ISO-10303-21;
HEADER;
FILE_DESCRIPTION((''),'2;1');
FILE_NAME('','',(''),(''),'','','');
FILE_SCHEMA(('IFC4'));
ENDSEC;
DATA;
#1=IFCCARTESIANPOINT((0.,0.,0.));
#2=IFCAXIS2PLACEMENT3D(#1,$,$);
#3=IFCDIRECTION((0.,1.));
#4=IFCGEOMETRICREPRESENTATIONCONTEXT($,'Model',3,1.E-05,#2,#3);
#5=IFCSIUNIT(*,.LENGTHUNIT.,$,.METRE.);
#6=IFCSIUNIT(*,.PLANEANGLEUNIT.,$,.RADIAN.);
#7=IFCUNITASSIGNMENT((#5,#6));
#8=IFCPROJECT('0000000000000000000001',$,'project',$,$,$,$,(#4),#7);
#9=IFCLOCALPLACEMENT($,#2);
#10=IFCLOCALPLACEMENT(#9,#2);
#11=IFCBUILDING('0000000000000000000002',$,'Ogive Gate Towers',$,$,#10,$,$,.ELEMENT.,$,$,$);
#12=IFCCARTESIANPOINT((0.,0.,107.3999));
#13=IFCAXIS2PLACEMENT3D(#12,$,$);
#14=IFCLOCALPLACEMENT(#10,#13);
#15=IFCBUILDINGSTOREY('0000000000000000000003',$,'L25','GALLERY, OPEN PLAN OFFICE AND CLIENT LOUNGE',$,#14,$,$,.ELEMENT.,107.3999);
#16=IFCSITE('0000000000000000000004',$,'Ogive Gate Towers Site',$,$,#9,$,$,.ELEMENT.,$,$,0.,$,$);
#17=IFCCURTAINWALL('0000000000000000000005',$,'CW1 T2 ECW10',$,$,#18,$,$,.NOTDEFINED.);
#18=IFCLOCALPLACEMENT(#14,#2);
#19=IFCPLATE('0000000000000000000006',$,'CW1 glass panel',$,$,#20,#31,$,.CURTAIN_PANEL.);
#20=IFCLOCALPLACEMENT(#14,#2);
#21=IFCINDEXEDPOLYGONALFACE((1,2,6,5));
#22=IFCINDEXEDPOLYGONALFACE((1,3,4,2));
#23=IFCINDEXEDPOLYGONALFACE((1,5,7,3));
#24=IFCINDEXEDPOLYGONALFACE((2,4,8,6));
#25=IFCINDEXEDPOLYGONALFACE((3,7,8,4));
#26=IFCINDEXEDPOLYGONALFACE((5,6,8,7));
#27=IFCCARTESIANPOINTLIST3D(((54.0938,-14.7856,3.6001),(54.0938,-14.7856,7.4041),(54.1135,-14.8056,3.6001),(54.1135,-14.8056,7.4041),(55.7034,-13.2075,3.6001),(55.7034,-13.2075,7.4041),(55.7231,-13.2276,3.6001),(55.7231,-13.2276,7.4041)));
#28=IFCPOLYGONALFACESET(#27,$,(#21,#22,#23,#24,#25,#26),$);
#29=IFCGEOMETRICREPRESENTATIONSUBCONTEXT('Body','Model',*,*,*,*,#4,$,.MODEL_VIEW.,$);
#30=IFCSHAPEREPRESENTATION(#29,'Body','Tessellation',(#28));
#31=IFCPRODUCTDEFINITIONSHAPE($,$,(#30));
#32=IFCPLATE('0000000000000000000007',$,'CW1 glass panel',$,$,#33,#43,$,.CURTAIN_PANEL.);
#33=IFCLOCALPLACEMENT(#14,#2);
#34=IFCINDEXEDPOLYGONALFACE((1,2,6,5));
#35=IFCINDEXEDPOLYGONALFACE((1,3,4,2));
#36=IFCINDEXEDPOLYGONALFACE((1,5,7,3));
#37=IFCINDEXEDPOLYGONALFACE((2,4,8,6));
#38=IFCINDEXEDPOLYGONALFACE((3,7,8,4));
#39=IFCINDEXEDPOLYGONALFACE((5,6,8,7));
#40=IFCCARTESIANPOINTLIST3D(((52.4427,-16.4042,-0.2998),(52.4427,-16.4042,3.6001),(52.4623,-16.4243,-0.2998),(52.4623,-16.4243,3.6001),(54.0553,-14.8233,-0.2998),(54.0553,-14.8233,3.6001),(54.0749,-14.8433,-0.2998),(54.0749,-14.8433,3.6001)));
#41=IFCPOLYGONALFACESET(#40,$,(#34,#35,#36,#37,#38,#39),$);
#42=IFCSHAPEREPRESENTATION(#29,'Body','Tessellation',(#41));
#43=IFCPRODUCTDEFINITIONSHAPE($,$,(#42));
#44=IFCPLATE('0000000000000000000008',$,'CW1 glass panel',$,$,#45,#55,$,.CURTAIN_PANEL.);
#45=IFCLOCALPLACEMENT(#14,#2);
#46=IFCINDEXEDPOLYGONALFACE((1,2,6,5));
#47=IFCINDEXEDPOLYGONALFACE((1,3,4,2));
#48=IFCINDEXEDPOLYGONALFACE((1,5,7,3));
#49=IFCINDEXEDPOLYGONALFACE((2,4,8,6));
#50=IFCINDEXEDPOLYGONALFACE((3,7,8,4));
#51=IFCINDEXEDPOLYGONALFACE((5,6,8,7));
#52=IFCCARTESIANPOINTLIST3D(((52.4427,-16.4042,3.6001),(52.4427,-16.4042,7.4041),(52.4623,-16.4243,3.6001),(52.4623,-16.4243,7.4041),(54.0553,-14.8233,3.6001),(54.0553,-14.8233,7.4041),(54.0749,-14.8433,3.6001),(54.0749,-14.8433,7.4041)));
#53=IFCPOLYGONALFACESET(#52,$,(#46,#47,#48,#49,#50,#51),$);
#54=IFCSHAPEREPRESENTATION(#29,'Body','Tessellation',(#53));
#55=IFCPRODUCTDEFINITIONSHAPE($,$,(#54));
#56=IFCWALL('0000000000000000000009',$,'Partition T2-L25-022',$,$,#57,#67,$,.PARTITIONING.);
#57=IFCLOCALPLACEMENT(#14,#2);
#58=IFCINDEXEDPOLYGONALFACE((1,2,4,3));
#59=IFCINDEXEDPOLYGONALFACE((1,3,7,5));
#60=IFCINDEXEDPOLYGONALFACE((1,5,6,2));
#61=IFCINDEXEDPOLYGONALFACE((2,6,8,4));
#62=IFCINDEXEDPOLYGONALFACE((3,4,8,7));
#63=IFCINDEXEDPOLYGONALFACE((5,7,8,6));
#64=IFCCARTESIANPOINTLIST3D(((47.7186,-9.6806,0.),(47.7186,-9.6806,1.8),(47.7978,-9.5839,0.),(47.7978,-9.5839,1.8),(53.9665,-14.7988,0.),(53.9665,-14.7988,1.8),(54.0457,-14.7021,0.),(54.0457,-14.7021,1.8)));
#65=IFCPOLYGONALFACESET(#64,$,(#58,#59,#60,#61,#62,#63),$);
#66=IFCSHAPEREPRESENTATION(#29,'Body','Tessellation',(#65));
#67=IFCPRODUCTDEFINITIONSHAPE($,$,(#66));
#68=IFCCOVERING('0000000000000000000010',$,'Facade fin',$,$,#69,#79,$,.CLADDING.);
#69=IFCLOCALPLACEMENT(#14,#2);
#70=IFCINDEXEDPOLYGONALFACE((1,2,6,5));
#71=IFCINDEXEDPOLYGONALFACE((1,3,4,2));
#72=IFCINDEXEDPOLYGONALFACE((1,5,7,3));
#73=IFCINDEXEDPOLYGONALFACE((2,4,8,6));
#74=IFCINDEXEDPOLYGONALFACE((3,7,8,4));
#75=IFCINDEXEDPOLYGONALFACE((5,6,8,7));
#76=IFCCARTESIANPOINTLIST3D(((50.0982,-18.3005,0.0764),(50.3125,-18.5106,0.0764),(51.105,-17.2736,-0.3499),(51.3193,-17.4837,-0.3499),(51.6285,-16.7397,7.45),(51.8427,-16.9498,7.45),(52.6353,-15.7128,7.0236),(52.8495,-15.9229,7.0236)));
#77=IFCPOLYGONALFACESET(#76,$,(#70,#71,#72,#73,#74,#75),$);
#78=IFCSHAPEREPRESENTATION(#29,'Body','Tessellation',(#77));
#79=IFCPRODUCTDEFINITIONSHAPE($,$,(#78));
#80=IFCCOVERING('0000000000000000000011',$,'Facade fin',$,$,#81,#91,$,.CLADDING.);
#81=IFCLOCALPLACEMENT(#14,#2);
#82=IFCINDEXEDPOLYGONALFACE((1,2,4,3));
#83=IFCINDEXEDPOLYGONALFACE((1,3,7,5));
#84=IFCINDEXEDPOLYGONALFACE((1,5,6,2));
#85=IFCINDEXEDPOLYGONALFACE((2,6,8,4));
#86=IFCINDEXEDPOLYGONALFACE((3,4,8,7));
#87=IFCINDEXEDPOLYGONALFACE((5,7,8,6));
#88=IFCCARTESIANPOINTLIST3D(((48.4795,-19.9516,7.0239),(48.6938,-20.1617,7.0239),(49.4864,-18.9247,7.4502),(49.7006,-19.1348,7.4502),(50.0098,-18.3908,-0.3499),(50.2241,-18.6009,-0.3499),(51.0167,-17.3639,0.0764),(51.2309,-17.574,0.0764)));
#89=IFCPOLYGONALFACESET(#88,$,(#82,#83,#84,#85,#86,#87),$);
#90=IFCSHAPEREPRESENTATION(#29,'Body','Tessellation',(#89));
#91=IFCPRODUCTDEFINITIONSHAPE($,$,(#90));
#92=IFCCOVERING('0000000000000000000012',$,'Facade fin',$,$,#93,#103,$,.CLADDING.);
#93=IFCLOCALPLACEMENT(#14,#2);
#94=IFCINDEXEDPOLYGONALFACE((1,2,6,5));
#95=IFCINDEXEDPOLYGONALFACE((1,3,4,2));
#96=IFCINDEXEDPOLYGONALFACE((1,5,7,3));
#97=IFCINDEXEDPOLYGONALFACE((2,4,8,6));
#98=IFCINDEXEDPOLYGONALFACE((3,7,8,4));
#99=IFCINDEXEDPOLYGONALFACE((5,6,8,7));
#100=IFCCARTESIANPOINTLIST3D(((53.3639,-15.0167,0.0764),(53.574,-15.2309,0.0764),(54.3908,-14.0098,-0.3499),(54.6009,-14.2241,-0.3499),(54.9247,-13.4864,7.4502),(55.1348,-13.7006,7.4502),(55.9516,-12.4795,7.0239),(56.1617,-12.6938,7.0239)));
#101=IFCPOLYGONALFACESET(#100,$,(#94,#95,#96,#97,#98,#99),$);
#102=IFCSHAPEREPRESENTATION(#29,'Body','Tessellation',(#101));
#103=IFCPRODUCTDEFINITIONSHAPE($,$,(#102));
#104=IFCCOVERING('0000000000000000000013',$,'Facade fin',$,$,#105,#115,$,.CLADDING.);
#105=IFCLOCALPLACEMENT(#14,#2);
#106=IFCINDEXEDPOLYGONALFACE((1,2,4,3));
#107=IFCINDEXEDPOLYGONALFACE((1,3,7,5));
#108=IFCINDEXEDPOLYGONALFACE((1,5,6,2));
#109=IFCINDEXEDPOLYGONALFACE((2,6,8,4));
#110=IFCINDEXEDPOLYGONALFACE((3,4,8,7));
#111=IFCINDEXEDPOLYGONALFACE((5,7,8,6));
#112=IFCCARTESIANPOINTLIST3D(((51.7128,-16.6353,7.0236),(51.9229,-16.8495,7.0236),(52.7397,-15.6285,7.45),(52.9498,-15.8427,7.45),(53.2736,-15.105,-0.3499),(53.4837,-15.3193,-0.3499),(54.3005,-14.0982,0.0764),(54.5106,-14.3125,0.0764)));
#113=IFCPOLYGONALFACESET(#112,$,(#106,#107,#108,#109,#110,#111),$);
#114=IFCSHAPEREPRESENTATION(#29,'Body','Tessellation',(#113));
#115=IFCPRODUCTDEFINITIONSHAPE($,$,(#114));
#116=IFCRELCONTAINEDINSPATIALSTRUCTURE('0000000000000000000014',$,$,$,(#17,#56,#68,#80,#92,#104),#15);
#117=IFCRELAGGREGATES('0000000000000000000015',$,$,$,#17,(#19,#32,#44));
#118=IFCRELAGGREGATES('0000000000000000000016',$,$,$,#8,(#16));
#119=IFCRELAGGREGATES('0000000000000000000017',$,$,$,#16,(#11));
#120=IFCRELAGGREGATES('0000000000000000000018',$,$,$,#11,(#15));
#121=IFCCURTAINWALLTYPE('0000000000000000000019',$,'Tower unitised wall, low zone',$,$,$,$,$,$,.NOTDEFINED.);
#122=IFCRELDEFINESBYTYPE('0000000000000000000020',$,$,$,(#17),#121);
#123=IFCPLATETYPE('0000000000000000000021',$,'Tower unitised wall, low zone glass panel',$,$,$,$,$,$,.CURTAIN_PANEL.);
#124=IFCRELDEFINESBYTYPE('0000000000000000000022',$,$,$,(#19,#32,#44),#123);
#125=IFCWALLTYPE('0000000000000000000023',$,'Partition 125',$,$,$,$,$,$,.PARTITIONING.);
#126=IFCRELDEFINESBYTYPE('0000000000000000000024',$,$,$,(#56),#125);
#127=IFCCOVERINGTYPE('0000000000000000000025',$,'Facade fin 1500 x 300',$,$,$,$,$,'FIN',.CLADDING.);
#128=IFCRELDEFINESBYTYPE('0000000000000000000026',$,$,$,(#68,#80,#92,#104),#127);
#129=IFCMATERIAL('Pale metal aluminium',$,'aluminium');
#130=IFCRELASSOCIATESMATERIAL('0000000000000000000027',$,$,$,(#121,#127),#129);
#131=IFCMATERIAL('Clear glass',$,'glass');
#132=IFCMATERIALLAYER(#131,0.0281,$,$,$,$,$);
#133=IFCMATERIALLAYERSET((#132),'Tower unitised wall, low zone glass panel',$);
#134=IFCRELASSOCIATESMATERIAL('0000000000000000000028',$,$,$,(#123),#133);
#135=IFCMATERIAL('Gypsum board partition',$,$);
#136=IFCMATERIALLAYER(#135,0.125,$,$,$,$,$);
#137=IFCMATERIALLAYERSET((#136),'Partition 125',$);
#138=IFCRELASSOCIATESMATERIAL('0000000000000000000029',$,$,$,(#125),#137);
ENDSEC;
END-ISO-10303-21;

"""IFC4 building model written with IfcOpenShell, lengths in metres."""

from ifc_helpers import new_model, si_unit, direction, frame, frame_2d, origin, origin_2d, place, context, subcontext, project, spatial, rectangle, extrude, material, layer, layer_set, material_profile, profile_set, type_object, element, aggregate, save


model = new_model("IFC4")

# Units and contexts
model_context = context("Model", 3, precision=1e-05, world=origin(), true_north=direction((0.0, 1.0)))
body_context = subcontext(model_context, "Body", "Model", "MODEL_VIEW")
ifc_project = project(units=[si_unit("LENGTHUNIT", "METRE"), si_unit("PLANEANGLEUNIT", "RADIAN")], contexts=[model_context])

# Site, building, storey
site_placement = place(None, origin())
site = spatial("IfcSite", under=ifc_project, at=site_placement, Name="Ogive Gate Towers Site", CompositionType="ELEMENT", RefElevation=0.0)
building_placement = place(site_placement, origin())
building = spatial("IfcBuilding", under=site, at=building_placement, Name="Ogive Gate Towers", CompositionType="ELEMENT")
storey_placement = place(building_placement, frame((0.0, 0.0, 107.3999)))
storey = spatial("IfcBuildingStorey", under=building, at=storey_placement, Name="L25", Description="GALLERY, OPEN PLAN OFFICE AND CLIENT LOUNGE", CompositionType="ELEMENT", Elevation=107.3999)

# Shared definitions
ifc_material_1 = material(Name="Pale metal aluminium", Category="aluminium")
curtain_wall_type = type_object("IfcCurtainWallType", Name="Tower unitised wall, low zone", PredefinedType="NOTDEFINED", material=ifc_material_1)

# Curtain wall
curtain_wall_1_placement = place(storey_placement, origin())
curtain_wall_1 = element("IfcCurtainWall", 1, at=curtain_wall_1_placement, inside=storey, type_object=curtain_wall_type, Name="CW1 T2 ECW10", PredefinedType="NOTDEFINED")

# Plates
ifc_material_2 = material(Name="Clear glass", Category="glass")
ifc_layer_1 = layer(ifc_material_2, 0.0281)
ifc_layer_set_1 = layer_set([ifc_layer_1], Name="Tower unitised wall, low zone glass panel")
plate_type = type_object("IfcPlateType", Name="Tower unitised wall, low zone glass panel", PredefinedType="CURTAIN_PANEL", material=ifc_layer_set_1)
plate_1_placement = place(storey_placement, frame((54.9084, -14.0066, 3.6001), z_axis=(0.0, 0.0, 1.0), x_axis=(-0.714082, -0.700062, 0.0)))
plate_1 = element("IfcPlate", 2, at=plate_1_placement, type_object=plate_type, Name="CW1 glass panel", PredefinedType="CURTAIN_PANEL", context=body_context, shape_type="SweptSolid", body=[
    extrude(rectangle(XDim=2.2542, YDim=0.0281, at=origin_2d()), origin(), (0.0, 0.0, 1.0), 3.804),
])
plate_2_placement = place(storey_placement, frame((53.2588, -15.6238, -0.2998), z_axis=(0.0, 0.0, 1.0), x_axis=(-0.714082, -0.700062, 0.0)))
plate_2 = element("IfcPlate", 3, at=plate_2_placement, type_object=plate_type, Name="CW1 glass panel", PredefinedType="CURTAIN_PANEL", context=body_context, shape_type="SweptSolid", body=[
    extrude(rectangle(XDim=2.2583, YDim=0.0281, at=origin_2d()), origin(), (0.0, 0.0, 1.0), 3.8999),
])
plate_3_placement = place(storey_placement, frame((53.2588, -15.6238, 3.6001), z_axis=(0.0, 0.0, 1.0), x_axis=(-0.714082, -0.700062, 0.0)))
plate_3 = element("IfcPlate", 4, at=plate_3_placement, type_object=plate_type, Name="CW1 glass panel", PredefinedType="CURTAIN_PANEL", context=body_context, shape_type="SweptSolid", body=[
    extrude(rectangle(XDim=2.2583, YDim=0.0281, at=origin_2d()), origin(), (0.0, 0.0, 1.0), 3.804),
])
aggregate(curtain_wall_1, [plate_1, plate_2, plate_3])

# Wall
ifc_material_3 = material(Name="Gypsum board partition")
ifc_layer_2 = layer(ifc_material_3, 0.125)
ifc_layer_set_2 = layer_set([ifc_layer_2], Name="Partition 125")
wall_type = type_object("IfcWallType", Name="Partition 125", PredefinedType="PARTITIONING", material=ifc_layer_set_2)
wall_placement = place(storey_placement, frame((54.0061, -14.7505, 0.0), z_axis=(0.0, 0.0, 1.0), x_axis=(-0.773573, 0.633707, 0.0)))
element("IfcWall", 5, at=wall_placement, inside=storey, type_object=wall_type, Name="Partition T2-L25-022", PredefinedType="PARTITIONING", context=body_context, shape_type="SweptSolid", body=[
    extrude(rectangle(XDim=8.0767, YDim=0.125, at=frame_2d((4.0383, 0.0))), origin(), (0.0, 0.0, 1.0), 1.8),
])

# Coverings
ifc_material_profile_1 = material_profile(ifc_material_1, rectangle(XDim=0.3, YDim=1.5, at=origin_2d()), Name="1500 x 300 pale metal aluminium")
ifc_profile_set_1 = profile_set([ifc_material_profile_1], Name="Pale metal aluminium")
covering_type = type_object("IfcCoveringType", Name="Facade fin 1500 x 300", ElementType="FIN", PredefinedType="CLADDING", material=ifc_profile_set_1)
covering_1_placement = place(storey_placement, frame((50.7087, -17.8921, -0.1367), z_axis=(0.198977, 0.202945, 0.95876), x_axis=(-0.714053, 0.700092, 0.0)))
element("IfcCovering", 6, at=covering_1_placement, inside=storey, type_object=covering_type, Name="Facade fin", PredefinedType="CLADDING", context=body_context, shape_type="SweptSolid", body=[
    extrude(rectangle(XDim=0.3, YDim=1.5, at=origin_2d()), origin(), (0.0, 0.0, 1.0), 7.6907),
])
for number, where, z_axis, x_axis, name in (
    (7, (50.6204, -17.9824, -0.1367), (-0.198971, -0.202939, 0.958763), (0.714053, -0.700092, 0.0), "Facade fin"),
    (8, (53.9824, -14.6204, -0.1367), (0.202939, 0.198971, 0.958763), (-0.700092, 0.714053, 0.0), "Facade fin"),
):
    element("IfcCovering", number, at=place(storey_placement, frame(where, z_axis=z_axis, x_axis=x_axis)), inside=storey, type_object=covering_type, Name=name, PredefinedType="CLADDING", context=body_context, shape_type="SweptSolid", body=[
        extrude(rectangle(XDim=0.3, YDim=1.5, at=origin_2d()), origin(), (0.0, 0.0, 1.0), 7.6909),
    ])
covering_2_placement = place(storey_placement, frame((53.8921, -14.7087, -0.1367), z_axis=(-0.202945, -0.198977, 0.95876), x_axis=(0.700092, -0.714053, 0.0)))
element("IfcCovering", 9, at=covering_2_placement, inside=storey, type_object=covering_type, Name="Facade fin", PredefinedType="CLADDING", context=body_context, shape_type="SweptSolid", body=[
    extrude(rectangle(XDim=0.3, YDim=1.5, at=origin_2d()), origin(), (0.0, 0.0, 1.0), 7.6907),
])

save(model, "model.ifc")
